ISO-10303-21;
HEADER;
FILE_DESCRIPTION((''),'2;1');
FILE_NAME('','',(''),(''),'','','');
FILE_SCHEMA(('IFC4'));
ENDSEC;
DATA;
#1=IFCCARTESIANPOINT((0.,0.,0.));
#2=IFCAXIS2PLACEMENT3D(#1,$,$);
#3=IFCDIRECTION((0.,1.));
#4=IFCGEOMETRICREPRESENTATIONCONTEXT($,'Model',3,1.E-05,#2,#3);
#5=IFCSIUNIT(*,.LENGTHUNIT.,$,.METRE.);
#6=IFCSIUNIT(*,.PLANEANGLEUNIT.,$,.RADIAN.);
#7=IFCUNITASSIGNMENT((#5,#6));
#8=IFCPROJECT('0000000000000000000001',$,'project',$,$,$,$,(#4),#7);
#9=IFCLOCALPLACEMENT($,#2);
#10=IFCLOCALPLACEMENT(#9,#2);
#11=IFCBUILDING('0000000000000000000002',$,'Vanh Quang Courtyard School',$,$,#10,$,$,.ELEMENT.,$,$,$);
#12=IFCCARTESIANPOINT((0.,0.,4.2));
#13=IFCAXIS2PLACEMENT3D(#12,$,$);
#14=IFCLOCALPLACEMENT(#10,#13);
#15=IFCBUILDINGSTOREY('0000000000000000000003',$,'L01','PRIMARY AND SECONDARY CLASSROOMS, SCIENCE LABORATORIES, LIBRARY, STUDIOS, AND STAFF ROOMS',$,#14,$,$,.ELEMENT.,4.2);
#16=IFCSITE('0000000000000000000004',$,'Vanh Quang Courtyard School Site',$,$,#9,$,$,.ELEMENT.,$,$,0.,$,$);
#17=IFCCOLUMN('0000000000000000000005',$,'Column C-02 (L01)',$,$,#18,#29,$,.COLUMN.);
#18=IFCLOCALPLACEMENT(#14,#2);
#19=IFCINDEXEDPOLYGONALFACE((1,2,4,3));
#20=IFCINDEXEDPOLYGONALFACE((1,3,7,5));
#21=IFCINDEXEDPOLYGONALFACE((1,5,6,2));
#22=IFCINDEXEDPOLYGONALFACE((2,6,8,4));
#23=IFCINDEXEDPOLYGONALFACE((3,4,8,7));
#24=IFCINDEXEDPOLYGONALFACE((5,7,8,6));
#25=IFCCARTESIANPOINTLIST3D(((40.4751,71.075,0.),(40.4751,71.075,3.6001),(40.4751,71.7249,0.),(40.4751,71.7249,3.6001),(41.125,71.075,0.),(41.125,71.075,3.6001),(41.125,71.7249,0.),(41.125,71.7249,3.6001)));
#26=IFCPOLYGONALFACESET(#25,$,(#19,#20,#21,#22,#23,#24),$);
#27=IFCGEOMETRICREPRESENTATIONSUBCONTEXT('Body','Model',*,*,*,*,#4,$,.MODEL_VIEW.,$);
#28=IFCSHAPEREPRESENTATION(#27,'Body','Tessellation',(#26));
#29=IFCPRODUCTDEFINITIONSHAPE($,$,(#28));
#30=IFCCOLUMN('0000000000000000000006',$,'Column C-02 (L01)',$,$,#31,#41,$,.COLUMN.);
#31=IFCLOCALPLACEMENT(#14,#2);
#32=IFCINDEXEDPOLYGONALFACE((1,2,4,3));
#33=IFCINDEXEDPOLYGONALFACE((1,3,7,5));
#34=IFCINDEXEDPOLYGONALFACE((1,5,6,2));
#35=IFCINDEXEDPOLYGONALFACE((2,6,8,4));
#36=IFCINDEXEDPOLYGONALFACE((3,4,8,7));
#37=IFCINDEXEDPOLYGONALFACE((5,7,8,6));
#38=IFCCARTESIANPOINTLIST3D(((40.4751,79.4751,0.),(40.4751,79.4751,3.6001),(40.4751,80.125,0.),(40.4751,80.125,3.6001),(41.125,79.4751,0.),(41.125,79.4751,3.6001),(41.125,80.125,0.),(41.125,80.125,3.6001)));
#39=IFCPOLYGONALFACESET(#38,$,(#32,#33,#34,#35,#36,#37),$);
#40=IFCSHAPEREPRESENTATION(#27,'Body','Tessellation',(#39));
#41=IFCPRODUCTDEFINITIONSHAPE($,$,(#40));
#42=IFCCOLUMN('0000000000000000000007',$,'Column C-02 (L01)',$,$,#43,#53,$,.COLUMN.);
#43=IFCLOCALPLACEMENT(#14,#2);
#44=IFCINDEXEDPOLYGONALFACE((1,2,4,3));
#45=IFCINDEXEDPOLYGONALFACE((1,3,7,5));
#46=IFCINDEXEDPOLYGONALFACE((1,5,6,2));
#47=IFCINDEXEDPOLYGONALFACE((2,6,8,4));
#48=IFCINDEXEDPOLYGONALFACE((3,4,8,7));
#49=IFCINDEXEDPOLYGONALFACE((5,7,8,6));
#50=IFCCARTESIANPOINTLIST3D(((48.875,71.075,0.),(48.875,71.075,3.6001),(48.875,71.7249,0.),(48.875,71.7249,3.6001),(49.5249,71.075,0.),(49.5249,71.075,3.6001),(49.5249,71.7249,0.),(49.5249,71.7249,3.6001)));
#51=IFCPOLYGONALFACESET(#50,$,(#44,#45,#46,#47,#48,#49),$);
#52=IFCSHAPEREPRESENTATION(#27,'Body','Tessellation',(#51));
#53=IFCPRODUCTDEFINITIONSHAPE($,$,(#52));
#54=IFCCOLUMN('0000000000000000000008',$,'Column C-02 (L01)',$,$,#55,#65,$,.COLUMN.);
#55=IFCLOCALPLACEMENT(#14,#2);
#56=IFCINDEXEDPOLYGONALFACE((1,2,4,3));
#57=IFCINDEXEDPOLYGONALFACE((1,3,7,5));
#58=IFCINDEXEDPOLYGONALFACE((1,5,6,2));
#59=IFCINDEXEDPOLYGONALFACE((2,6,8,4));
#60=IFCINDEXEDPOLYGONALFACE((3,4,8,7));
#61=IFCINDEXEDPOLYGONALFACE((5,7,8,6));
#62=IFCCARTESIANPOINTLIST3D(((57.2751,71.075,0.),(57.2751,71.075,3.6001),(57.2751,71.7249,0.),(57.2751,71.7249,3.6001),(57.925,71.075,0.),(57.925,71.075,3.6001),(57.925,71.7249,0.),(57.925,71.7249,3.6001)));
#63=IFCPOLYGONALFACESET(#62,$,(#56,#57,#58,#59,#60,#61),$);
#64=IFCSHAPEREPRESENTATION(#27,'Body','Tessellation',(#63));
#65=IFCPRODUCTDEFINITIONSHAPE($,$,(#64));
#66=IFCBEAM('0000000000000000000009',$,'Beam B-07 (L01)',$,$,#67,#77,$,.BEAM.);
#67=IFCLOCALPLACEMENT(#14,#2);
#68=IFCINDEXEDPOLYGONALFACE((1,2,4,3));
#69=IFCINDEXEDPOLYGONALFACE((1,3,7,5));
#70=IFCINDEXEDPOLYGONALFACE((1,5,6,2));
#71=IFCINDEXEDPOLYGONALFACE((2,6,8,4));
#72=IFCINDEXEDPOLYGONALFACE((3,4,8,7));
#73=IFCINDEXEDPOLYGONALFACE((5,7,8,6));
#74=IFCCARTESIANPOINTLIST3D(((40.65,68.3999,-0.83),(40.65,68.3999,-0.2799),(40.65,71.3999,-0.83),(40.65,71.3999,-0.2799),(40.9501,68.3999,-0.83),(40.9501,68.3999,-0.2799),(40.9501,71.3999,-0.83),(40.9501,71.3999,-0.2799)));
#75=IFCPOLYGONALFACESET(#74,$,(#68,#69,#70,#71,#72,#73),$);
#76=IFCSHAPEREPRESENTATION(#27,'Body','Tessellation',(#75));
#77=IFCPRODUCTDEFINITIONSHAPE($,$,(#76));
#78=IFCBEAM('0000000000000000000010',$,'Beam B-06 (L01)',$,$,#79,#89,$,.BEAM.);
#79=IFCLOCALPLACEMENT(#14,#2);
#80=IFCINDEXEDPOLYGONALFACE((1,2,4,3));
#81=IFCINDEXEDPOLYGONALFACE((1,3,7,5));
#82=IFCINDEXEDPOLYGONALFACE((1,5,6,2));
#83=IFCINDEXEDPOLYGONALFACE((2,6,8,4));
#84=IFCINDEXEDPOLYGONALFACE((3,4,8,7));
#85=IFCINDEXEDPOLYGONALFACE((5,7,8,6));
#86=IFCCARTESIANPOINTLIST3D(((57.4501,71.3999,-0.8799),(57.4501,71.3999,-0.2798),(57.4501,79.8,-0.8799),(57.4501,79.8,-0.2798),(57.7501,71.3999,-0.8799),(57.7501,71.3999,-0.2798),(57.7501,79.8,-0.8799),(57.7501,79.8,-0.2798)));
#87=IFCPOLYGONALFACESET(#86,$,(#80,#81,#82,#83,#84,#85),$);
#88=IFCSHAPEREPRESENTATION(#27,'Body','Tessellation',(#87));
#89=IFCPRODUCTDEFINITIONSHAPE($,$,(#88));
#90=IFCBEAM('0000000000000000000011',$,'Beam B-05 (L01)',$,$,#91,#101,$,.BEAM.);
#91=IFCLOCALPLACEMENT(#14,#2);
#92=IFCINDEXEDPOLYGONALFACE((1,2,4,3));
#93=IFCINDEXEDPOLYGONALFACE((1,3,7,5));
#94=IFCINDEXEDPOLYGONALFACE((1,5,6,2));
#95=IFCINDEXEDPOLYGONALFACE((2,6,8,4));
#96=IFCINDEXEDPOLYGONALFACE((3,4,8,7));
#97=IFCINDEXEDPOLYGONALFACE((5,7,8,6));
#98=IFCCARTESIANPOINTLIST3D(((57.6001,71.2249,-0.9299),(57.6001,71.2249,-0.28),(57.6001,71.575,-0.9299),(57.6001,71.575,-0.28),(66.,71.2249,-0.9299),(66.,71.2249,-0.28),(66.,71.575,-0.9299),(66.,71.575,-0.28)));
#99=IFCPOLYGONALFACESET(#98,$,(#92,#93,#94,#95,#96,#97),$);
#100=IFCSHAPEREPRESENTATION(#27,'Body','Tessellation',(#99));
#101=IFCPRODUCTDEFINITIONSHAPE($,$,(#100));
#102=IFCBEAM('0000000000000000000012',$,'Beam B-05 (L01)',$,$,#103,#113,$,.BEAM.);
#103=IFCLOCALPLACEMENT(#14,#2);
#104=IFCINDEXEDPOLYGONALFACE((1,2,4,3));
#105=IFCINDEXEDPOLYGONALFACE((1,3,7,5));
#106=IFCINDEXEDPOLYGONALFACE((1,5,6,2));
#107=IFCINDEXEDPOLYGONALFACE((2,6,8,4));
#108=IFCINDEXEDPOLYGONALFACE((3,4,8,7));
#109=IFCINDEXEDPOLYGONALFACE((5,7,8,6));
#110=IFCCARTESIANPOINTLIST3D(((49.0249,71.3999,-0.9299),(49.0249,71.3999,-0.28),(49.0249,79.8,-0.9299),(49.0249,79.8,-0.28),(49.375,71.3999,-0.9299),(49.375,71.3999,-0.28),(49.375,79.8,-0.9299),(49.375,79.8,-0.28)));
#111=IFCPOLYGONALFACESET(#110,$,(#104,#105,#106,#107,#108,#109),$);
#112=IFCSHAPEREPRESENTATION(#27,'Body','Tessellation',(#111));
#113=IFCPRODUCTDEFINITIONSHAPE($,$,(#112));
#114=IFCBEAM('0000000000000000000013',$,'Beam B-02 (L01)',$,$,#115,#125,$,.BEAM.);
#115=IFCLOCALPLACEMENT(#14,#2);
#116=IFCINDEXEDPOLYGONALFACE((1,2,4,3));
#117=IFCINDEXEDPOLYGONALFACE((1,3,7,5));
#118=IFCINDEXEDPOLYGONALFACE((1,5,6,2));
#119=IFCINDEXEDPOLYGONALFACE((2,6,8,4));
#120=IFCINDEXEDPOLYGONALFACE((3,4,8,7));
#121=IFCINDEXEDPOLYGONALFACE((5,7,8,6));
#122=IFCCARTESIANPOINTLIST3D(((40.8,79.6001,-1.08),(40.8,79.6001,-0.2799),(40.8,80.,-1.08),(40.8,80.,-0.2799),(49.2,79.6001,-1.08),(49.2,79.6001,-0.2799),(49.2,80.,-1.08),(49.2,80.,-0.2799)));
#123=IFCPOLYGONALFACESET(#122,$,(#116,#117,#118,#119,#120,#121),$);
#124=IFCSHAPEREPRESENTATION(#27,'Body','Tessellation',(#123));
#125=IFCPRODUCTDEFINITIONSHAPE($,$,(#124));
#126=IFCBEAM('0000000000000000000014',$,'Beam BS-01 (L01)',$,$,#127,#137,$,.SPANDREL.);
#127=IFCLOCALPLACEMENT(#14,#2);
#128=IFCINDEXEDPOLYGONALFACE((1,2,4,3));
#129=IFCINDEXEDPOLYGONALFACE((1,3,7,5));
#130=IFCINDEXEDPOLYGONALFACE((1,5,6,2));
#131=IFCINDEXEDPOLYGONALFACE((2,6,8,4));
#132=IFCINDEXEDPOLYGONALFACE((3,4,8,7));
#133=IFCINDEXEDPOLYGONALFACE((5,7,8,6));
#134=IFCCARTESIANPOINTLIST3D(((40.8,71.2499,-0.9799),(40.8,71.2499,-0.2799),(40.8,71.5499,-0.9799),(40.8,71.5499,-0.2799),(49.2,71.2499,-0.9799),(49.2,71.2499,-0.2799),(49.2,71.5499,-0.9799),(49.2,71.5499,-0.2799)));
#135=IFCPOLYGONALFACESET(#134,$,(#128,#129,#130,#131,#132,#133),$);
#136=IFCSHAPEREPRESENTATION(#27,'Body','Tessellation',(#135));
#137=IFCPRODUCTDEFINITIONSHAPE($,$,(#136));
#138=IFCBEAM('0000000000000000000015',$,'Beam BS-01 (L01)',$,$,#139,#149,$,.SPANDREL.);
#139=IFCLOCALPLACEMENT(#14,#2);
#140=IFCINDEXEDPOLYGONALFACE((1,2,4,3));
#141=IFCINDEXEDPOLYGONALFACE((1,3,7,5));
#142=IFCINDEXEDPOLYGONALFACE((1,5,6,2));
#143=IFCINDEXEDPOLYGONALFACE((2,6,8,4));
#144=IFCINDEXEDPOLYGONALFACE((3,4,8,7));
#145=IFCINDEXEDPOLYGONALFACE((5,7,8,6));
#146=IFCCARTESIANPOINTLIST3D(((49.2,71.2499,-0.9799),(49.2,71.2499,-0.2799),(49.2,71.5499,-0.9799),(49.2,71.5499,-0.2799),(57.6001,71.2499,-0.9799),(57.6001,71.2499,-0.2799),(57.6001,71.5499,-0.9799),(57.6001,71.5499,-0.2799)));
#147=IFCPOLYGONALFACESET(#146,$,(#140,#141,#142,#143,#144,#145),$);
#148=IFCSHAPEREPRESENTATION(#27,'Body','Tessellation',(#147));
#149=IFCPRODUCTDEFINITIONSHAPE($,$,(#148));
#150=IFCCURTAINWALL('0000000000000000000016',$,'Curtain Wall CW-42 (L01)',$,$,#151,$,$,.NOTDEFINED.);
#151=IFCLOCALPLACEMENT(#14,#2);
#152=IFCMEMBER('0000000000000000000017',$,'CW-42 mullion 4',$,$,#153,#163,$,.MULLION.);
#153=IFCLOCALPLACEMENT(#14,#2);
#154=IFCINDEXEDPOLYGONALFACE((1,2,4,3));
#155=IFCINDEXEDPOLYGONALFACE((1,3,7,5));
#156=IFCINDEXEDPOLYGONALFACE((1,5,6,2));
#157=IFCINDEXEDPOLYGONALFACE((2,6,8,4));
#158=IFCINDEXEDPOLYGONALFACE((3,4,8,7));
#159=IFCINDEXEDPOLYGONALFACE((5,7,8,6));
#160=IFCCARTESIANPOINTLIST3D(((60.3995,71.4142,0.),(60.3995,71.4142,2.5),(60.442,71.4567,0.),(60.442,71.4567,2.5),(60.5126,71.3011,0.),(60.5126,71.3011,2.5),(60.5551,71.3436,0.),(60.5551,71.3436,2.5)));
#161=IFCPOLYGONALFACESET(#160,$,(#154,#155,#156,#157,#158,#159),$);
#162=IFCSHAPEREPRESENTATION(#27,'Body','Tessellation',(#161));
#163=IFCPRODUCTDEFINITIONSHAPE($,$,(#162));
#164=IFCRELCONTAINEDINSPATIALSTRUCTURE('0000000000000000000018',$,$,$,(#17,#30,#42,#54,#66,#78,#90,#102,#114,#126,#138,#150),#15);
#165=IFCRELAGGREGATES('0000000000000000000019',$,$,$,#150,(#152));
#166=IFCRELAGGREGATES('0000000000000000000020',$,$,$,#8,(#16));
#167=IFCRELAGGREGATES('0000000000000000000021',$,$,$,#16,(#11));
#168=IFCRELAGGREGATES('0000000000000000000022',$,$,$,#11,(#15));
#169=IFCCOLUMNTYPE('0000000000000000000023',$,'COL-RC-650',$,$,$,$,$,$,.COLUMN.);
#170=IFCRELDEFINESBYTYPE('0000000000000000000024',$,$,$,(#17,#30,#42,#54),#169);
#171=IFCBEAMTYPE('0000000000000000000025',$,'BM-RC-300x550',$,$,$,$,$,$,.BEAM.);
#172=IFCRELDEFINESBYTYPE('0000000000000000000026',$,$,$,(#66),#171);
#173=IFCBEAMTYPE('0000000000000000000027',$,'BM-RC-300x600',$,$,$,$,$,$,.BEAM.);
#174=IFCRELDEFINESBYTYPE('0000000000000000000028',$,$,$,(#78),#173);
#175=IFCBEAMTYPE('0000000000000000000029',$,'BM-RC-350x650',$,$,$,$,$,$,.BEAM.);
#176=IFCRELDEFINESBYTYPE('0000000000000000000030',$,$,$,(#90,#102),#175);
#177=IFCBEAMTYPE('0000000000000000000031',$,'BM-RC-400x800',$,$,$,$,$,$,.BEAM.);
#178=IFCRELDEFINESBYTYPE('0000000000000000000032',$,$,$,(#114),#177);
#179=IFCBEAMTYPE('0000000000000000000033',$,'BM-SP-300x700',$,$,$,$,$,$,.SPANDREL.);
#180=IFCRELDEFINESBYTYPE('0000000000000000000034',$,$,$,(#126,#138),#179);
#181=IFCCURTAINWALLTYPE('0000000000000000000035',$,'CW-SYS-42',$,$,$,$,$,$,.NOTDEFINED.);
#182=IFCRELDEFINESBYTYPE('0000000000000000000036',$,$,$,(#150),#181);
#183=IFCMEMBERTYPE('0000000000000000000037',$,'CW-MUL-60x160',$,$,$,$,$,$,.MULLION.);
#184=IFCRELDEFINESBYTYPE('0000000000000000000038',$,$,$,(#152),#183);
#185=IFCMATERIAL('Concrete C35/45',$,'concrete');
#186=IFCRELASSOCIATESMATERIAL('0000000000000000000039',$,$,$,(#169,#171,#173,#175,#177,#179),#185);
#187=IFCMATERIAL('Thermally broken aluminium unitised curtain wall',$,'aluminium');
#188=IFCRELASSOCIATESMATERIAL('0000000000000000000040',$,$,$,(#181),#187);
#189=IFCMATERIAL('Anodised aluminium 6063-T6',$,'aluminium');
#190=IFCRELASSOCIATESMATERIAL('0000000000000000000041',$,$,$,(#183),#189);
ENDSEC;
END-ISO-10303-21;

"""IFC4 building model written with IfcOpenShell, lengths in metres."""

from ifc_helpers import new_model, si_unit, direction, frame, origin, origin_2d, place, context, subcontext, project, spatial, rectangle, extrude, material, material_profile, profile_set, type_object, element, aggregate, save


model = new_model("IFC4")

# Units and contexts
model_context = context("Model", 3, precision=1e-05, world=origin(), true_north=direction((0.0, 1.0)))
body_context = subcontext(model_context, "Body", "Model", "MODEL_VIEW")
ifc_project = project(units=[si_unit("LENGTHUNIT", "METRE"), si_unit("PLANEANGLEUNIT", "RADIAN")], contexts=[model_context])

# Site, building, storey
site_placement = place(None, origin())
site = spatial("IfcSite", under=ifc_project, at=site_placement, Name="Vanh Quang Courtyard School Site", CompositionType="ELEMENT", RefElevation=0.0)
building_placement = place(site_placement, origin())
building = spatial("IfcBuilding", under=site, at=building_placement, Name="Vanh Quang Courtyard School", CompositionType="ELEMENT")
storey_placement = place(building_placement, frame((0.0, 0.0, 4.2)))
storey = spatial("IfcBuildingStorey", under=building, at=storey_placement, Name="L01", Description="PRIMARY AND SECONDARY CLASSROOMS, SCIENCE LABORATORIES, LIBRARY, STUDIOS, AND STAFF ROOMS", CompositionType="ELEMENT", Elevation=4.2)

# Columns
ifc_material_1 = material(Name="Concrete C35/45", Category="concrete")
ifc_material_profile_1 = material_profile(ifc_material_1, rectangle(XDim=0.6499, YDim=0.6499, at=origin_2d()), Name="RC-COL 650x650")
ifc_profile_set_1 = profile_set([ifc_material_profile_1], Name="Concrete C35/45")
column_type = type_object("IfcColumnType", Name="COL-RC-650", PredefinedType="COLUMN", material=ifc_profile_set_1)
for number, where, z_axis, x_axis, name in (
    (1, (40.8, 71.3999, 0.0), (0.0, 0.0, 1.0), (1.0, 0.0, 0.0), "Column C-02 (L01)"),
    (2, (40.8, 79.8, 0.0), (0.0, 0.0, 1.0), (1.0, 0.0, 0.0), "Column C-02 (L01)"),
    (3, (49.2, 71.3999, 0.0), (0.0, 0.0, 1.0), (1.0, 0.0, 0.0), "Column C-02 (L01)"),
    (4, (57.6001, 71.3999, 0.0), (0.0, 0.0, 1.0), (1.0, 0.0, 0.0), "Column C-02 (L01)"),
):
    element("IfcColumn", number, at=place(storey_placement, frame(where, z_axis=z_axis, x_axis=x_axis)), inside=storey, type_object=column_type, Name=name, PredefinedType="COLUMN", context=body_context, shape_type="SweptSolid", body=[
        extrude(rectangle(XDim=0.6499, YDim=0.6499, at=origin_2d()), origin(), (0.0, 0.0, 1.0), 3.6001),
    ])

# Beams
ifc_material_profile_2 = material_profile(ifc_material_1, rectangle(XDim=0.3, YDim=0.55, at=origin_2d()), Name="RC-BM 300x550")
ifc_profile_set_2 = profile_set([ifc_material_profile_2], Name="Concrete C35/45")
beam_type_1 = type_object("IfcBeamType", Name="BM-RC-300x550", PredefinedType="BEAM", material=ifc_profile_set_2)
beam_1_placement = place(storey_placement, frame((40.8, 68.3999, -0.5549), z_axis=(0.0, 1.0, 0.0), x_axis=(-1.0, 0.0, 0.0)))
element("IfcBeam", 5, at=beam_1_placement, inside=storey, type_object=beam_type_1, Name="Beam B-07 (L01)", PredefinedType="BEAM", context=body_context, shape_type="SweptSolid", body=[
    extrude(rectangle(XDim=0.3, YDim=0.55, at=origin_2d()), origin(), (0.0, 0.0, 1.0), 3.0),
])
ifc_material_profile_3 = material_profile(ifc_material_1, rectangle(XDim=0.3, YDim=0.6001, at=origin_2d()), Name="RC-BM 300x600")
ifc_profile_set_3 = profile_set([ifc_material_profile_3], Name="Concrete C35/45")
beam_type_2 = type_object("IfcBeamType", Name="BM-RC-300x600", PredefinedType="BEAM", material=ifc_profile_set_3)
beam_2_placement = place(storey_placement, frame((57.6001, 71.3999, -0.5798), z_axis=(0.0, 1.0, 0.0), x_axis=(-1.0, 0.0, 0.0)))
element("IfcBeam", 6, at=beam_2_placement, inside=storey, type_object=beam_type_2, Name="Beam B-06 (L01)", PredefinedType="BEAM", context=body_context, shape_type="SweptSolid", body=[
    extrude(rectangle(XDim=0.3, YDim=0.6001, at=origin_2d()), origin(), (0.0, 0.0, 1.0), 8.4001),
])
ifc_material_profile_4 = material_profile(ifc_material_1, rectangle(XDim=0.3501, YDim=0.6499, at=origin_2d()), Name="RC-BM 350x650")
ifc_profile_set_4 = profile_set([ifc_material_profile_4], Name="Concrete C35/45")
beam_type_3 = type_object("IfcBeamType", Name="BM-RC-350x650", PredefinedType="BEAM", material=ifc_profile_set_4)
beam_3_placement = place(storey_placement, frame((57.6001, 71.3999, -0.605), z_axis=(1.0, 0.0, 0.0), x_axis=(0.0, 1.0, 0.0)))
element("IfcBeam", 7, at=beam_3_placement, inside=storey, type_object=beam_type_3, Name="Beam B-05 (L01)", PredefinedType="BEAM", context=body_context, shape_type="SweptSolid", body=[
    extrude(rectangle(XDim=0.3501, YDim=0.6499, at=origin_2d()), origin(), (0.0, 0.0, 1.0), 8.3999),
])
beam_4_placement = place(storey_placement, frame((49.2, 71.3999, -0.605), z_axis=(0.0, 1.0, 0.0), x_axis=(-1.0, 0.0, 0.0)))
element("IfcBeam", 8, at=beam_4_placement, inside=storey, type_object=beam_type_3, Name="Beam B-05 (L01)", PredefinedType="BEAM", context=body_context, shape_type="SweptSolid", body=[
    extrude(rectangle(XDim=0.3501, YDim=0.6499, at=origin_2d()), origin(), (0.0, 0.0, 1.0), 8.4001),
])
ifc_material_profile_5 = material_profile(ifc_material_1, rectangle(XDim=0.3999, YDim=0.8, at=origin_2d()), Name="RC-BM 400x800")
ifc_profile_set_5 = profile_set([ifc_material_profile_5], Name="Concrete C35/45")
beam_type_4 = type_object("IfcBeamType", Name="BM-RC-400x800", PredefinedType="BEAM", material=ifc_profile_set_5)
beam_5_placement = place(storey_placement, frame((40.8, 79.8, -0.6799), z_axis=(1.0, 0.0, 0.0), x_axis=(0.0, 1.0, 0.0)))
element("IfcBeam", 9, at=beam_5_placement, inside=storey, type_object=beam_type_4, Name="Beam B-02 (L01)", PredefinedType="BEAM", context=body_context, shape_type="SweptSolid", body=[
    extrude(rectangle(XDim=0.3999, YDim=0.8, at=origin_2d()), origin(), (0.0, 0.0, 1.0), 8.3999),
])
ifc_material_profile_6 = material_profile(ifc_material_1, rectangle(XDim=0.3, YDim=0.7, at=origin_2d()), Name="RC-SP 300x700")
ifc_profile_set_6 = profile_set([ifc_material_profile_6], Name="Concrete C35/45")
beam_type_5 = type_object("IfcBeamType", Name="BM-SP-300x700", PredefinedType="SPANDREL", material=ifc_profile_set_6)
beam_6_placement = place(storey_placement, frame((40.8, 71.3999, -0.6299), z_axis=(1.0, 0.0, 0.0), x_axis=(0.0, 1.0, 0.0)))
element("IfcBeam", 10, at=beam_6_placement, inside=storey, type_object=beam_type_5, Name="Beam BS-01 (L01)", PredefinedType="SPANDREL", context=body_context, shape_type="SweptSolid", body=[
    extrude(rectangle(XDim=0.3, YDim=0.7, at=origin_2d()), origin(), (0.0, 0.0, 1.0), 8.3999),
])
beam_7_placement = place(storey_placement, frame((49.2, 71.3999, -0.6299), z_axis=(1.0, 0.0, 0.0), x_axis=(0.0, 1.0, 0.0)))
element("IfcBeam", 11, at=beam_7_placement, inside=storey, type_object=beam_type_5, Name="Beam BS-01 (L01)", PredefinedType="SPANDREL", context=body_context, shape_type="SweptSolid", body=[
    extrude(rectangle(XDim=0.3, YDim=0.7, at=origin_2d()), origin(), (0.0, 0.0, 1.0), 8.4001),
])

# Curtain wall, member
ifc_material_2 = material(Name="Thermally broken aluminium unitised curtain wall", Category="aluminium")
curtain_wall_type = type_object("IfcCurtainWallType", Name="CW-SYS-42", PredefinedType="NOTDEFINED", material=ifc_material_2)
curtain_wall_placement = place(storey_placement, origin())
curtain_wall = element("IfcCurtainWall", 12, at=curtain_wall_placement, inside=storey, type_object=curtain_wall_type, Name="Curtain Wall CW-42 (L01)", PredefinedType="NOTDEFINED")
ifc_material_3 = material(Name="Anodised aluminium 6063-T6", Category="aluminium")
ifc_material_profile_7 = material_profile(ifc_material_3, rectangle(XDim=0.0601, YDim=0.1599, at=origin_2d()), Name="ALU-MUL 60x160")
ifc_profile_set_7 = profile_set([ifc_material_profile_7], Name="Anodised aluminium 6063-T6")
member_type = type_object("IfcMemberType", Name="CW-MUL-60x160", PredefinedType="MULLION", material=ifc_profile_set_7)
member_placement = place(storey_placement, frame((60.4773, 71.3789, 0.0), z_axis=(0.0, 0.0, 1.0), x_axis=(-0.707107, -0.707107, 0.0)))
member = element("IfcMember", 13, at=member_placement, type_object=member_type, Name="CW-42 mullion 4", PredefinedType="MULLION", context=body_context, shape_type="SweptSolid", body=[
    extrude(rectangle(XDim=0.0601, YDim=0.1599, at=origin_2d()), origin(), (0.0, 0.0, 1.0), 2.5),
])
aggregate(curtain_wall, [member])

save(model, "model.ifc")
